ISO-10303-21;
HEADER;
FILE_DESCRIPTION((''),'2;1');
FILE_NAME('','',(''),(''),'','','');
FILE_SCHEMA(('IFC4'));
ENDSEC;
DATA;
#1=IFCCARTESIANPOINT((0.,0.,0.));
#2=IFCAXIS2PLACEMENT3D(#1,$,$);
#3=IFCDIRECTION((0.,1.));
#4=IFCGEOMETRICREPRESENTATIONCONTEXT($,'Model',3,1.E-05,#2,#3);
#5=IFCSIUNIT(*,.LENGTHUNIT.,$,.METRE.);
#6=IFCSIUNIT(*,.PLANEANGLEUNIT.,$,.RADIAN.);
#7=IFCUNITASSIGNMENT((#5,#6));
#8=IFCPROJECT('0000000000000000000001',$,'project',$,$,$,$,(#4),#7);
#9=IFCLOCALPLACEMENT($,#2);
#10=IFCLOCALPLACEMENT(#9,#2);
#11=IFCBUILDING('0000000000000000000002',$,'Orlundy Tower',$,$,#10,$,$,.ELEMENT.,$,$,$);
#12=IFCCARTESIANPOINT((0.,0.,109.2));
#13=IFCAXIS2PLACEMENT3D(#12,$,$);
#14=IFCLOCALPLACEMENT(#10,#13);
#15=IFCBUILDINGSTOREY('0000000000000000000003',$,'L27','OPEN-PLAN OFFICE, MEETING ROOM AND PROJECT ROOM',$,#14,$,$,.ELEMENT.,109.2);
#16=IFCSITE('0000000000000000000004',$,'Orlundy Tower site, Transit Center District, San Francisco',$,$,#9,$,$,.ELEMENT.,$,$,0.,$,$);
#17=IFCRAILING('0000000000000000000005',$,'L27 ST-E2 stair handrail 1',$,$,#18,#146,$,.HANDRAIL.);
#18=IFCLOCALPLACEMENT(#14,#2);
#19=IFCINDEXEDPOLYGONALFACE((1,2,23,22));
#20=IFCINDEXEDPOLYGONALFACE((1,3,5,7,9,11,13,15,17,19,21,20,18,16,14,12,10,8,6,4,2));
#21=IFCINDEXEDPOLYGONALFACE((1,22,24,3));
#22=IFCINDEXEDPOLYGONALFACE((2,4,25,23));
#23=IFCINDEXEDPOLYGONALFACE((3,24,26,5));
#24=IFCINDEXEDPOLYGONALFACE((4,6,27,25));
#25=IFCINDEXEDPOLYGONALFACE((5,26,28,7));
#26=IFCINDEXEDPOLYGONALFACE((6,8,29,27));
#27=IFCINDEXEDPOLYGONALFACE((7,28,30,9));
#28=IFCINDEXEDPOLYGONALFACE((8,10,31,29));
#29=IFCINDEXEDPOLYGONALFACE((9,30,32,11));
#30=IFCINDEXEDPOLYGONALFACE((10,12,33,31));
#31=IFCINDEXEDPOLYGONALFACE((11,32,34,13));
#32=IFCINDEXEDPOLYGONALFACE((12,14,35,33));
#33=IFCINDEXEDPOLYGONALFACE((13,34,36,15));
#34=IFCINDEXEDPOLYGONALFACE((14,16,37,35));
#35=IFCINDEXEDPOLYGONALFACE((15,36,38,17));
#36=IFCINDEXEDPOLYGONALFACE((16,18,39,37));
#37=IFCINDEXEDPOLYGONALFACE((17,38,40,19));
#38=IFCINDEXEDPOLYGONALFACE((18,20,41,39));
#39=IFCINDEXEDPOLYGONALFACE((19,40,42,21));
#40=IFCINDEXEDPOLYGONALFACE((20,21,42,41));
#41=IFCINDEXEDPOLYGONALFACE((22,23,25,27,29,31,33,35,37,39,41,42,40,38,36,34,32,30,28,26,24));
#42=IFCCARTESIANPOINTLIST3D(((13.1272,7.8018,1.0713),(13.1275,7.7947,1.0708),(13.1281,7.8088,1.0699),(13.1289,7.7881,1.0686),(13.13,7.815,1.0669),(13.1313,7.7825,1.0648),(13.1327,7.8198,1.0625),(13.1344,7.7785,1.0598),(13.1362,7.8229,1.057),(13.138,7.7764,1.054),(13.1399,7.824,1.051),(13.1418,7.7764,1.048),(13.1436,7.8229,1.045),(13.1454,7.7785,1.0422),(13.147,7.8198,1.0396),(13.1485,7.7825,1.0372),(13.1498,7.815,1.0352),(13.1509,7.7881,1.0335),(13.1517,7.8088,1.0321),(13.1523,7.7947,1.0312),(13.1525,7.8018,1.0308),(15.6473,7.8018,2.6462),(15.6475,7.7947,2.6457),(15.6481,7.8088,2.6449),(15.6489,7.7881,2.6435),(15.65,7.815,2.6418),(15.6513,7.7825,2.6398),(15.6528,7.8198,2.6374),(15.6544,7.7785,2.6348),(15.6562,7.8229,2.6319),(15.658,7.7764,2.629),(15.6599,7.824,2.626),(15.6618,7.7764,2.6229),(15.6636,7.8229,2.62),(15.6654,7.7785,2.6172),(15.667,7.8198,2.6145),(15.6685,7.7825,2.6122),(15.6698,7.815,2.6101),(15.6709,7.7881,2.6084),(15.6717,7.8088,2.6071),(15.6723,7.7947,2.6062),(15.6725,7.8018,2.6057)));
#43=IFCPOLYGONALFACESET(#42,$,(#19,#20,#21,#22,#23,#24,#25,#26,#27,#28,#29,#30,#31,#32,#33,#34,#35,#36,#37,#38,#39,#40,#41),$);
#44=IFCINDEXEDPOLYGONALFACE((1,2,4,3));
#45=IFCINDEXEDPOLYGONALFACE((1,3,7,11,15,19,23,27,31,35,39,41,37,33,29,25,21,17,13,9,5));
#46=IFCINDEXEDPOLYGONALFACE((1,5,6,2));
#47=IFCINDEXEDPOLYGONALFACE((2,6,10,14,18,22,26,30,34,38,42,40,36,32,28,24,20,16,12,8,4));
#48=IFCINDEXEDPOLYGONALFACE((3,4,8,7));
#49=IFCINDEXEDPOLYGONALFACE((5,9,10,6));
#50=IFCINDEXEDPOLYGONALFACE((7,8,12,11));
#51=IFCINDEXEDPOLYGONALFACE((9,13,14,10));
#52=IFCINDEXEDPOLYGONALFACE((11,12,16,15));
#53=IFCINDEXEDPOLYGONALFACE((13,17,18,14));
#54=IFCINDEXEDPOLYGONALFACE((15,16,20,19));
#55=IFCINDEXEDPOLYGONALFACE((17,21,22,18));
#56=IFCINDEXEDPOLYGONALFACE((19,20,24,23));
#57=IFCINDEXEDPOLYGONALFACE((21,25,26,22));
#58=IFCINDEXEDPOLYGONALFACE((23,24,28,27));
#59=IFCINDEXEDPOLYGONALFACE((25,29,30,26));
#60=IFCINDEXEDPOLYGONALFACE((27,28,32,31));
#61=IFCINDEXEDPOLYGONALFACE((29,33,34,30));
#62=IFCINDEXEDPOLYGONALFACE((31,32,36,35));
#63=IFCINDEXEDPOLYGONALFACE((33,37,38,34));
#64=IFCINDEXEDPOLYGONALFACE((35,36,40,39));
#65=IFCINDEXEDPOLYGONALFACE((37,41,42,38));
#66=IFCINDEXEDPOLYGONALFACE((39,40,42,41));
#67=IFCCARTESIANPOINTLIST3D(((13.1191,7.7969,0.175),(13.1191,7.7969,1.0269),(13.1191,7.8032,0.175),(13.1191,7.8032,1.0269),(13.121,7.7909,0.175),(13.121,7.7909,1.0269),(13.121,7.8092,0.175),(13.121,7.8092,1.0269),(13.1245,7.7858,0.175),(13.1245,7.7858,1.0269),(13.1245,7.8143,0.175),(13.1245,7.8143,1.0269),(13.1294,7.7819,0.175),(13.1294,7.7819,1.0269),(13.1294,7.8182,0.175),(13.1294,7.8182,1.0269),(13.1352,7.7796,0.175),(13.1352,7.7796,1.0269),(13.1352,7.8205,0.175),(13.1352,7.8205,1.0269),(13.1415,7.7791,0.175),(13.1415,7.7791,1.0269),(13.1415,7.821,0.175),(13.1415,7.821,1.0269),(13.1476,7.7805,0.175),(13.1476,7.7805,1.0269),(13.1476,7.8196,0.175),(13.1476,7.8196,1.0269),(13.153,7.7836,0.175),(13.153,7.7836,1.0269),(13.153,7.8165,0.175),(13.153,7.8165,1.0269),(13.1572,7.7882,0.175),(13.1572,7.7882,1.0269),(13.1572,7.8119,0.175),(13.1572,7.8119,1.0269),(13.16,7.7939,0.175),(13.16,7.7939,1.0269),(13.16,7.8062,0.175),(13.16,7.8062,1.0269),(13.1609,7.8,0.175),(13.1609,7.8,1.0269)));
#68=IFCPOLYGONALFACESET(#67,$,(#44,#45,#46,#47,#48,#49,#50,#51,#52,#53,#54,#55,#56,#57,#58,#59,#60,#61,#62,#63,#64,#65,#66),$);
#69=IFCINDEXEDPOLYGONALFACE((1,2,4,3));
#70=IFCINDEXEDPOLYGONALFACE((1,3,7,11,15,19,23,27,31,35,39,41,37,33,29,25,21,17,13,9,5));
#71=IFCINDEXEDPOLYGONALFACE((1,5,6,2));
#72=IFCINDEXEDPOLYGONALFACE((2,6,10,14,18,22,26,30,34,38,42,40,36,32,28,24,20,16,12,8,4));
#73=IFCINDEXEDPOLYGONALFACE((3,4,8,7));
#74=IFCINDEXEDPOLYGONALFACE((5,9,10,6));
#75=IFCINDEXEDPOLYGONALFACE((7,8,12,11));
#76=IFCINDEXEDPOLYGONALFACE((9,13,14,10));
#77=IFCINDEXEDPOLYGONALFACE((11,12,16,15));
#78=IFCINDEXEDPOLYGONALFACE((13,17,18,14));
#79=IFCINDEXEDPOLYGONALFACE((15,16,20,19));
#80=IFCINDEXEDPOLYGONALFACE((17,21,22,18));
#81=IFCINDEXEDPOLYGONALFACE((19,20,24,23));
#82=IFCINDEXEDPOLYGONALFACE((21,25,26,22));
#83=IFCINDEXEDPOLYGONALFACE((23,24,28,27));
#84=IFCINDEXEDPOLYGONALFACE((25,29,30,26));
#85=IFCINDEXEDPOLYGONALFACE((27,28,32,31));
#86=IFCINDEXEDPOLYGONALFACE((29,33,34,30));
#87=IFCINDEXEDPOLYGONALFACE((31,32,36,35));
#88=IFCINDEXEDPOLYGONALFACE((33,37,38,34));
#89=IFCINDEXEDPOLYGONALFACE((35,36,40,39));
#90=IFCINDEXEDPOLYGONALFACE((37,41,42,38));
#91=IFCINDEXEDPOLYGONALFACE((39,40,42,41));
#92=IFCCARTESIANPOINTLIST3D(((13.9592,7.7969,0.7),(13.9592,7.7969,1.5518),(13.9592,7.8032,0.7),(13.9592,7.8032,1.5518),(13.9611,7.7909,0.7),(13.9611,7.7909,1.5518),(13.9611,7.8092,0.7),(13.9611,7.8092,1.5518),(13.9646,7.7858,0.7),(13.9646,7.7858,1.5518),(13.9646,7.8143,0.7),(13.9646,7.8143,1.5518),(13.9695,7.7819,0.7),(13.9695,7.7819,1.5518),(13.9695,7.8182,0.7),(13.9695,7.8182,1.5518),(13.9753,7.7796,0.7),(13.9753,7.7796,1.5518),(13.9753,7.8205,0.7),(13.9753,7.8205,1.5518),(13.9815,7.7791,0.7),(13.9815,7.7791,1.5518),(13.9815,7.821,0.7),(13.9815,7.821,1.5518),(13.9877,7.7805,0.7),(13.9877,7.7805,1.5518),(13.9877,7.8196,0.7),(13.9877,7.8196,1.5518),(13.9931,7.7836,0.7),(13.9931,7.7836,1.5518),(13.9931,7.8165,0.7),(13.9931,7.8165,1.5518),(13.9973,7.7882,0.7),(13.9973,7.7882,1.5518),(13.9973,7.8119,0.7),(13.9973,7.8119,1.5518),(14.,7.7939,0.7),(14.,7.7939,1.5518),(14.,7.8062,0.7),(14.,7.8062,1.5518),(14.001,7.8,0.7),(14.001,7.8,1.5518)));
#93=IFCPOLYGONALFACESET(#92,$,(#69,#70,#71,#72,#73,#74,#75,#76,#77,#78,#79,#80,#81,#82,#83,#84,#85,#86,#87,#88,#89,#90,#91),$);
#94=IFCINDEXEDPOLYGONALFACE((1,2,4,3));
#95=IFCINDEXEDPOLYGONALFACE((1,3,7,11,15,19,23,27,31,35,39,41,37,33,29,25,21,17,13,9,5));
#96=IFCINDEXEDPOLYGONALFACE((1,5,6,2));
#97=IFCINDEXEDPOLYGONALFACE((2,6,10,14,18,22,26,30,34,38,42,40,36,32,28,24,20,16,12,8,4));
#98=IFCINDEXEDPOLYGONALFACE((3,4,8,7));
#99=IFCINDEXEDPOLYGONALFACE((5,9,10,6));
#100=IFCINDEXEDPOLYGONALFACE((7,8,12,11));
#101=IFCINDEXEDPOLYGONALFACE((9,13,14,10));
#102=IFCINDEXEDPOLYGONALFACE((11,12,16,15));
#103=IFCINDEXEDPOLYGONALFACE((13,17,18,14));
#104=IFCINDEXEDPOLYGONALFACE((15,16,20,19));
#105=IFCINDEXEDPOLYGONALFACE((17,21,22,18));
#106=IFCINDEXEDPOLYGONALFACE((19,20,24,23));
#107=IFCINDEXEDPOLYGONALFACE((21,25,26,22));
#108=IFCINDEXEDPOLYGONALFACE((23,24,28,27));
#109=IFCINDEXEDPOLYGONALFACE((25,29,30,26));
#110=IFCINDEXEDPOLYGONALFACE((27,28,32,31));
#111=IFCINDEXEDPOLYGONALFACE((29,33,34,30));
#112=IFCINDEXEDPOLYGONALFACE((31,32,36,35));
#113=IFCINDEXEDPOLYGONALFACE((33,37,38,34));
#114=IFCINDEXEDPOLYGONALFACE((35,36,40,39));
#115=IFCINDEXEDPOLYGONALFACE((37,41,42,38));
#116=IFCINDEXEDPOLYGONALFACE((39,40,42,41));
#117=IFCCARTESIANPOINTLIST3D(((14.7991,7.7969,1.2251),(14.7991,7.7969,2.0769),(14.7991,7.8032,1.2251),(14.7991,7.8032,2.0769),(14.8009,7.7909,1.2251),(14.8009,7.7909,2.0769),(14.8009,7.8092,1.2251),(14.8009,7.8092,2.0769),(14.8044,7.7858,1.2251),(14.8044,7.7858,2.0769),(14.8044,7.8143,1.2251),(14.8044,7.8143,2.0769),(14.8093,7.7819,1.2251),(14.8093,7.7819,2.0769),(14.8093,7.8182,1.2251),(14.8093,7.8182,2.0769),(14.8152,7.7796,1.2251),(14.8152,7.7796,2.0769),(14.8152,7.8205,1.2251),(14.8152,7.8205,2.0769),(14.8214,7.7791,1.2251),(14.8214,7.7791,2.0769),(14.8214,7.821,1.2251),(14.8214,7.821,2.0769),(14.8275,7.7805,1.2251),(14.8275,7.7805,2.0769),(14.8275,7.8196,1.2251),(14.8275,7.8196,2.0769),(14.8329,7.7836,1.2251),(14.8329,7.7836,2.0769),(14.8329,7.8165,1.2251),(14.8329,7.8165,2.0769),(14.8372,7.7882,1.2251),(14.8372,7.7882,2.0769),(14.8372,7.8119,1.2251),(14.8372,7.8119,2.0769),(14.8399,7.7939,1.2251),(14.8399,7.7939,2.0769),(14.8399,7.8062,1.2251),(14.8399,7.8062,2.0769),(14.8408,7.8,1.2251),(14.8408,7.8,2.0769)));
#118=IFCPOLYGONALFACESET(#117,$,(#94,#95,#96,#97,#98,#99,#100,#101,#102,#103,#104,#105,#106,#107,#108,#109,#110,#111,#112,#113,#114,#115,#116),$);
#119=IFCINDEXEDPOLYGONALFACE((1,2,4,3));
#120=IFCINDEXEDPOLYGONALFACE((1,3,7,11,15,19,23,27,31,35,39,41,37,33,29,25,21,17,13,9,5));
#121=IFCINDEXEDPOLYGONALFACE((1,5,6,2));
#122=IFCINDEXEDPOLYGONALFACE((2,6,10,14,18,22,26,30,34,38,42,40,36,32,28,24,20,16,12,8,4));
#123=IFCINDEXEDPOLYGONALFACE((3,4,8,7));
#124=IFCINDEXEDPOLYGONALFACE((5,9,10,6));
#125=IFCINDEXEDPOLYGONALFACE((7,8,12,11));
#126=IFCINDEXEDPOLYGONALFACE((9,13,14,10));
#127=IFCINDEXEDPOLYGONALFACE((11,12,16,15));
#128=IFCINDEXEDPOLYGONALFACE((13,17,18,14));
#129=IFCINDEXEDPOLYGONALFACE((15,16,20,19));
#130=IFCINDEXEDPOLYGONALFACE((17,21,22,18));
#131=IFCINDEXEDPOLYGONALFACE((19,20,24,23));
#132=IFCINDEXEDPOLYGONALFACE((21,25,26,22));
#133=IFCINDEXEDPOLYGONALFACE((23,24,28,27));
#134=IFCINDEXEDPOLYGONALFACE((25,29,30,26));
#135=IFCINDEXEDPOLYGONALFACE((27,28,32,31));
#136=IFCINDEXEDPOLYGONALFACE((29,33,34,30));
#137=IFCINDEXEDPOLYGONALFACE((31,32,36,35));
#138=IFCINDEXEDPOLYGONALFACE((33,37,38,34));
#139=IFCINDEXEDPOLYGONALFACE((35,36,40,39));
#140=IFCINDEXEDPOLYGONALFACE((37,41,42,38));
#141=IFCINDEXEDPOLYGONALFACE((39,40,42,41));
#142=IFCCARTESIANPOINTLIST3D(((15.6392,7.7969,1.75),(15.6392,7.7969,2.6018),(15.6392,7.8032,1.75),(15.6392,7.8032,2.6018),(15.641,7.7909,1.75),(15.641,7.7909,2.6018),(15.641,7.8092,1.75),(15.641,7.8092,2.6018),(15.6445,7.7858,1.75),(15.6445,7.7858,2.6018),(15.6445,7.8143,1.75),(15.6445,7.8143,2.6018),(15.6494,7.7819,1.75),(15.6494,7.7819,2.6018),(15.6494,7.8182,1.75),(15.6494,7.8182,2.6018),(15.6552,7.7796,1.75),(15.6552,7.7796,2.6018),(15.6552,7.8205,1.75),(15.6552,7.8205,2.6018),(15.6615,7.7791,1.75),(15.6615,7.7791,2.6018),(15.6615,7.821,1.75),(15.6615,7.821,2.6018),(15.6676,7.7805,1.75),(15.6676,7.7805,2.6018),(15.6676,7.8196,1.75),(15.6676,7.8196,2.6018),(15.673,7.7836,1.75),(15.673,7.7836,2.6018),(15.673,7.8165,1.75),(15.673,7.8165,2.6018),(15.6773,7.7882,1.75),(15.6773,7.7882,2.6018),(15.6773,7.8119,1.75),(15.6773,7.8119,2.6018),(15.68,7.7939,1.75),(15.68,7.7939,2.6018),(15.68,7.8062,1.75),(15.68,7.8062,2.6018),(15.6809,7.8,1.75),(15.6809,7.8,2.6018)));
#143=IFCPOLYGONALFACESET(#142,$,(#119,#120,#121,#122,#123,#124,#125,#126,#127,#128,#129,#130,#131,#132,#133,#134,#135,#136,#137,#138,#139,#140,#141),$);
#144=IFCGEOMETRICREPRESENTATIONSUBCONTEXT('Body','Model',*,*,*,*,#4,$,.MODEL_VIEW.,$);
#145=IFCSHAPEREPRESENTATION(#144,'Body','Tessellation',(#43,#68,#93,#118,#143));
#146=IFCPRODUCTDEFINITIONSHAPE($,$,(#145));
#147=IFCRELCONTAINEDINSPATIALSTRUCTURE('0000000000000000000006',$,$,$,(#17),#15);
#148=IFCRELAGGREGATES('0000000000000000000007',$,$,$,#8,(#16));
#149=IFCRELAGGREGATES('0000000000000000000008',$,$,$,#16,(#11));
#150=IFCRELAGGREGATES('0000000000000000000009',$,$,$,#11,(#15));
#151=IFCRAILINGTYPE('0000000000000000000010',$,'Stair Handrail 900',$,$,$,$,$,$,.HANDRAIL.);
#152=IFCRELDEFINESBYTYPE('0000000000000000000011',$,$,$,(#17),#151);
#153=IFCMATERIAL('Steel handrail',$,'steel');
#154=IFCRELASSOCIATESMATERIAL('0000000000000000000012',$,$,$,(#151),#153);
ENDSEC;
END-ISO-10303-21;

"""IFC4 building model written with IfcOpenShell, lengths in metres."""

from ifc_helpers import new_model, si_unit, direction, frame, origin, origin_2d, place, context, subcontext, project, spatial, circle, extrude, material, type_object, element, save


model = new_model("IFC4")

# Units and contexts
model_context = context("Model", 3, precision=1e-05, world=origin(), true_north=direction((0.0, 1.0)))
body_context = subcontext(model_context, "Body", "Model", "MODEL_VIEW")
ifc_project = project(units=[si_unit("LENGTHUNIT", "METRE"), si_unit("PLANEANGLEUNIT", "RADIAN")], contexts=[model_context])

# Site, building, storey
site_placement = place(None, origin())
site = spatial("IfcSite", under=ifc_project, at=site_placement, Name="Orlundy Tower site, Transit Center District, San Francisco", CompositionType="ELEMENT", RefElevation=0.0)
building_placement = place(site_placement, origin())
building = spatial("IfcBuilding", under=site, at=building_placement, Name="Orlundy Tower", CompositionType="ELEMENT")
storey_placement = place(building_placement, frame((0.0, 0.0, 109.2)))
storey = spatial("IfcBuildingStorey", under=building, at=storey_placement, Name="L27", Description="OPEN-PLAN OFFICE, MEETING ROOM AND PROJECT ROOM", CompositionType="ELEMENT", Elevation=109.2)

# Railing
ifc_material_1 = material(Name="Steel handrail", Category="steel")
railing_type = type_object("IfcRailingType", Name="Stair Handrail 900", PredefinedType="HANDRAIL", material=ifc_material_1)
railing_placement = place(storey_placement, frame((13.1399, 7.8, 0.175)))
element("IfcRailing", 1, at=railing_placement, inside=storey, type_object=railing_type, Name="L27 ST-E2 stair handrail 1", PredefinedType="HANDRAIL", context=body_context, shape_type="SweptSolid", body=[
    extrude(circle(Radius=0.0239, at=origin_2d()), frame((0.0, 0.0, 0.876), z_axis=(0.848008, 0.0, 0.529984), x_axis=(0.0, 1.0, 0.0)), (0.0, 0.0, 1.0), 2.9717),
    extrude(circle(Radius=0.021, at=origin_2d()), origin(), (0.0, 0.0, 1.0), 0.8518),
    extrude(circle(Radius=0.021, at=origin_2d()), frame((0.8401, 0.0, 0.5249)), (0.0, 0.0, 1.0), 0.8518),
    extrude(circle(Radius=0.021, at=origin_2d()), frame((1.6799, 0.0, 1.05)), (0.0, 0.0, 1.0), 0.8518),
    extrude(circle(Radius=0.021, at=origin_2d()), frame((2.52, 0.0, 1.575)), (0.0, 0.0, 1.0), 0.8518),
])

save(model, "model.ifc")
